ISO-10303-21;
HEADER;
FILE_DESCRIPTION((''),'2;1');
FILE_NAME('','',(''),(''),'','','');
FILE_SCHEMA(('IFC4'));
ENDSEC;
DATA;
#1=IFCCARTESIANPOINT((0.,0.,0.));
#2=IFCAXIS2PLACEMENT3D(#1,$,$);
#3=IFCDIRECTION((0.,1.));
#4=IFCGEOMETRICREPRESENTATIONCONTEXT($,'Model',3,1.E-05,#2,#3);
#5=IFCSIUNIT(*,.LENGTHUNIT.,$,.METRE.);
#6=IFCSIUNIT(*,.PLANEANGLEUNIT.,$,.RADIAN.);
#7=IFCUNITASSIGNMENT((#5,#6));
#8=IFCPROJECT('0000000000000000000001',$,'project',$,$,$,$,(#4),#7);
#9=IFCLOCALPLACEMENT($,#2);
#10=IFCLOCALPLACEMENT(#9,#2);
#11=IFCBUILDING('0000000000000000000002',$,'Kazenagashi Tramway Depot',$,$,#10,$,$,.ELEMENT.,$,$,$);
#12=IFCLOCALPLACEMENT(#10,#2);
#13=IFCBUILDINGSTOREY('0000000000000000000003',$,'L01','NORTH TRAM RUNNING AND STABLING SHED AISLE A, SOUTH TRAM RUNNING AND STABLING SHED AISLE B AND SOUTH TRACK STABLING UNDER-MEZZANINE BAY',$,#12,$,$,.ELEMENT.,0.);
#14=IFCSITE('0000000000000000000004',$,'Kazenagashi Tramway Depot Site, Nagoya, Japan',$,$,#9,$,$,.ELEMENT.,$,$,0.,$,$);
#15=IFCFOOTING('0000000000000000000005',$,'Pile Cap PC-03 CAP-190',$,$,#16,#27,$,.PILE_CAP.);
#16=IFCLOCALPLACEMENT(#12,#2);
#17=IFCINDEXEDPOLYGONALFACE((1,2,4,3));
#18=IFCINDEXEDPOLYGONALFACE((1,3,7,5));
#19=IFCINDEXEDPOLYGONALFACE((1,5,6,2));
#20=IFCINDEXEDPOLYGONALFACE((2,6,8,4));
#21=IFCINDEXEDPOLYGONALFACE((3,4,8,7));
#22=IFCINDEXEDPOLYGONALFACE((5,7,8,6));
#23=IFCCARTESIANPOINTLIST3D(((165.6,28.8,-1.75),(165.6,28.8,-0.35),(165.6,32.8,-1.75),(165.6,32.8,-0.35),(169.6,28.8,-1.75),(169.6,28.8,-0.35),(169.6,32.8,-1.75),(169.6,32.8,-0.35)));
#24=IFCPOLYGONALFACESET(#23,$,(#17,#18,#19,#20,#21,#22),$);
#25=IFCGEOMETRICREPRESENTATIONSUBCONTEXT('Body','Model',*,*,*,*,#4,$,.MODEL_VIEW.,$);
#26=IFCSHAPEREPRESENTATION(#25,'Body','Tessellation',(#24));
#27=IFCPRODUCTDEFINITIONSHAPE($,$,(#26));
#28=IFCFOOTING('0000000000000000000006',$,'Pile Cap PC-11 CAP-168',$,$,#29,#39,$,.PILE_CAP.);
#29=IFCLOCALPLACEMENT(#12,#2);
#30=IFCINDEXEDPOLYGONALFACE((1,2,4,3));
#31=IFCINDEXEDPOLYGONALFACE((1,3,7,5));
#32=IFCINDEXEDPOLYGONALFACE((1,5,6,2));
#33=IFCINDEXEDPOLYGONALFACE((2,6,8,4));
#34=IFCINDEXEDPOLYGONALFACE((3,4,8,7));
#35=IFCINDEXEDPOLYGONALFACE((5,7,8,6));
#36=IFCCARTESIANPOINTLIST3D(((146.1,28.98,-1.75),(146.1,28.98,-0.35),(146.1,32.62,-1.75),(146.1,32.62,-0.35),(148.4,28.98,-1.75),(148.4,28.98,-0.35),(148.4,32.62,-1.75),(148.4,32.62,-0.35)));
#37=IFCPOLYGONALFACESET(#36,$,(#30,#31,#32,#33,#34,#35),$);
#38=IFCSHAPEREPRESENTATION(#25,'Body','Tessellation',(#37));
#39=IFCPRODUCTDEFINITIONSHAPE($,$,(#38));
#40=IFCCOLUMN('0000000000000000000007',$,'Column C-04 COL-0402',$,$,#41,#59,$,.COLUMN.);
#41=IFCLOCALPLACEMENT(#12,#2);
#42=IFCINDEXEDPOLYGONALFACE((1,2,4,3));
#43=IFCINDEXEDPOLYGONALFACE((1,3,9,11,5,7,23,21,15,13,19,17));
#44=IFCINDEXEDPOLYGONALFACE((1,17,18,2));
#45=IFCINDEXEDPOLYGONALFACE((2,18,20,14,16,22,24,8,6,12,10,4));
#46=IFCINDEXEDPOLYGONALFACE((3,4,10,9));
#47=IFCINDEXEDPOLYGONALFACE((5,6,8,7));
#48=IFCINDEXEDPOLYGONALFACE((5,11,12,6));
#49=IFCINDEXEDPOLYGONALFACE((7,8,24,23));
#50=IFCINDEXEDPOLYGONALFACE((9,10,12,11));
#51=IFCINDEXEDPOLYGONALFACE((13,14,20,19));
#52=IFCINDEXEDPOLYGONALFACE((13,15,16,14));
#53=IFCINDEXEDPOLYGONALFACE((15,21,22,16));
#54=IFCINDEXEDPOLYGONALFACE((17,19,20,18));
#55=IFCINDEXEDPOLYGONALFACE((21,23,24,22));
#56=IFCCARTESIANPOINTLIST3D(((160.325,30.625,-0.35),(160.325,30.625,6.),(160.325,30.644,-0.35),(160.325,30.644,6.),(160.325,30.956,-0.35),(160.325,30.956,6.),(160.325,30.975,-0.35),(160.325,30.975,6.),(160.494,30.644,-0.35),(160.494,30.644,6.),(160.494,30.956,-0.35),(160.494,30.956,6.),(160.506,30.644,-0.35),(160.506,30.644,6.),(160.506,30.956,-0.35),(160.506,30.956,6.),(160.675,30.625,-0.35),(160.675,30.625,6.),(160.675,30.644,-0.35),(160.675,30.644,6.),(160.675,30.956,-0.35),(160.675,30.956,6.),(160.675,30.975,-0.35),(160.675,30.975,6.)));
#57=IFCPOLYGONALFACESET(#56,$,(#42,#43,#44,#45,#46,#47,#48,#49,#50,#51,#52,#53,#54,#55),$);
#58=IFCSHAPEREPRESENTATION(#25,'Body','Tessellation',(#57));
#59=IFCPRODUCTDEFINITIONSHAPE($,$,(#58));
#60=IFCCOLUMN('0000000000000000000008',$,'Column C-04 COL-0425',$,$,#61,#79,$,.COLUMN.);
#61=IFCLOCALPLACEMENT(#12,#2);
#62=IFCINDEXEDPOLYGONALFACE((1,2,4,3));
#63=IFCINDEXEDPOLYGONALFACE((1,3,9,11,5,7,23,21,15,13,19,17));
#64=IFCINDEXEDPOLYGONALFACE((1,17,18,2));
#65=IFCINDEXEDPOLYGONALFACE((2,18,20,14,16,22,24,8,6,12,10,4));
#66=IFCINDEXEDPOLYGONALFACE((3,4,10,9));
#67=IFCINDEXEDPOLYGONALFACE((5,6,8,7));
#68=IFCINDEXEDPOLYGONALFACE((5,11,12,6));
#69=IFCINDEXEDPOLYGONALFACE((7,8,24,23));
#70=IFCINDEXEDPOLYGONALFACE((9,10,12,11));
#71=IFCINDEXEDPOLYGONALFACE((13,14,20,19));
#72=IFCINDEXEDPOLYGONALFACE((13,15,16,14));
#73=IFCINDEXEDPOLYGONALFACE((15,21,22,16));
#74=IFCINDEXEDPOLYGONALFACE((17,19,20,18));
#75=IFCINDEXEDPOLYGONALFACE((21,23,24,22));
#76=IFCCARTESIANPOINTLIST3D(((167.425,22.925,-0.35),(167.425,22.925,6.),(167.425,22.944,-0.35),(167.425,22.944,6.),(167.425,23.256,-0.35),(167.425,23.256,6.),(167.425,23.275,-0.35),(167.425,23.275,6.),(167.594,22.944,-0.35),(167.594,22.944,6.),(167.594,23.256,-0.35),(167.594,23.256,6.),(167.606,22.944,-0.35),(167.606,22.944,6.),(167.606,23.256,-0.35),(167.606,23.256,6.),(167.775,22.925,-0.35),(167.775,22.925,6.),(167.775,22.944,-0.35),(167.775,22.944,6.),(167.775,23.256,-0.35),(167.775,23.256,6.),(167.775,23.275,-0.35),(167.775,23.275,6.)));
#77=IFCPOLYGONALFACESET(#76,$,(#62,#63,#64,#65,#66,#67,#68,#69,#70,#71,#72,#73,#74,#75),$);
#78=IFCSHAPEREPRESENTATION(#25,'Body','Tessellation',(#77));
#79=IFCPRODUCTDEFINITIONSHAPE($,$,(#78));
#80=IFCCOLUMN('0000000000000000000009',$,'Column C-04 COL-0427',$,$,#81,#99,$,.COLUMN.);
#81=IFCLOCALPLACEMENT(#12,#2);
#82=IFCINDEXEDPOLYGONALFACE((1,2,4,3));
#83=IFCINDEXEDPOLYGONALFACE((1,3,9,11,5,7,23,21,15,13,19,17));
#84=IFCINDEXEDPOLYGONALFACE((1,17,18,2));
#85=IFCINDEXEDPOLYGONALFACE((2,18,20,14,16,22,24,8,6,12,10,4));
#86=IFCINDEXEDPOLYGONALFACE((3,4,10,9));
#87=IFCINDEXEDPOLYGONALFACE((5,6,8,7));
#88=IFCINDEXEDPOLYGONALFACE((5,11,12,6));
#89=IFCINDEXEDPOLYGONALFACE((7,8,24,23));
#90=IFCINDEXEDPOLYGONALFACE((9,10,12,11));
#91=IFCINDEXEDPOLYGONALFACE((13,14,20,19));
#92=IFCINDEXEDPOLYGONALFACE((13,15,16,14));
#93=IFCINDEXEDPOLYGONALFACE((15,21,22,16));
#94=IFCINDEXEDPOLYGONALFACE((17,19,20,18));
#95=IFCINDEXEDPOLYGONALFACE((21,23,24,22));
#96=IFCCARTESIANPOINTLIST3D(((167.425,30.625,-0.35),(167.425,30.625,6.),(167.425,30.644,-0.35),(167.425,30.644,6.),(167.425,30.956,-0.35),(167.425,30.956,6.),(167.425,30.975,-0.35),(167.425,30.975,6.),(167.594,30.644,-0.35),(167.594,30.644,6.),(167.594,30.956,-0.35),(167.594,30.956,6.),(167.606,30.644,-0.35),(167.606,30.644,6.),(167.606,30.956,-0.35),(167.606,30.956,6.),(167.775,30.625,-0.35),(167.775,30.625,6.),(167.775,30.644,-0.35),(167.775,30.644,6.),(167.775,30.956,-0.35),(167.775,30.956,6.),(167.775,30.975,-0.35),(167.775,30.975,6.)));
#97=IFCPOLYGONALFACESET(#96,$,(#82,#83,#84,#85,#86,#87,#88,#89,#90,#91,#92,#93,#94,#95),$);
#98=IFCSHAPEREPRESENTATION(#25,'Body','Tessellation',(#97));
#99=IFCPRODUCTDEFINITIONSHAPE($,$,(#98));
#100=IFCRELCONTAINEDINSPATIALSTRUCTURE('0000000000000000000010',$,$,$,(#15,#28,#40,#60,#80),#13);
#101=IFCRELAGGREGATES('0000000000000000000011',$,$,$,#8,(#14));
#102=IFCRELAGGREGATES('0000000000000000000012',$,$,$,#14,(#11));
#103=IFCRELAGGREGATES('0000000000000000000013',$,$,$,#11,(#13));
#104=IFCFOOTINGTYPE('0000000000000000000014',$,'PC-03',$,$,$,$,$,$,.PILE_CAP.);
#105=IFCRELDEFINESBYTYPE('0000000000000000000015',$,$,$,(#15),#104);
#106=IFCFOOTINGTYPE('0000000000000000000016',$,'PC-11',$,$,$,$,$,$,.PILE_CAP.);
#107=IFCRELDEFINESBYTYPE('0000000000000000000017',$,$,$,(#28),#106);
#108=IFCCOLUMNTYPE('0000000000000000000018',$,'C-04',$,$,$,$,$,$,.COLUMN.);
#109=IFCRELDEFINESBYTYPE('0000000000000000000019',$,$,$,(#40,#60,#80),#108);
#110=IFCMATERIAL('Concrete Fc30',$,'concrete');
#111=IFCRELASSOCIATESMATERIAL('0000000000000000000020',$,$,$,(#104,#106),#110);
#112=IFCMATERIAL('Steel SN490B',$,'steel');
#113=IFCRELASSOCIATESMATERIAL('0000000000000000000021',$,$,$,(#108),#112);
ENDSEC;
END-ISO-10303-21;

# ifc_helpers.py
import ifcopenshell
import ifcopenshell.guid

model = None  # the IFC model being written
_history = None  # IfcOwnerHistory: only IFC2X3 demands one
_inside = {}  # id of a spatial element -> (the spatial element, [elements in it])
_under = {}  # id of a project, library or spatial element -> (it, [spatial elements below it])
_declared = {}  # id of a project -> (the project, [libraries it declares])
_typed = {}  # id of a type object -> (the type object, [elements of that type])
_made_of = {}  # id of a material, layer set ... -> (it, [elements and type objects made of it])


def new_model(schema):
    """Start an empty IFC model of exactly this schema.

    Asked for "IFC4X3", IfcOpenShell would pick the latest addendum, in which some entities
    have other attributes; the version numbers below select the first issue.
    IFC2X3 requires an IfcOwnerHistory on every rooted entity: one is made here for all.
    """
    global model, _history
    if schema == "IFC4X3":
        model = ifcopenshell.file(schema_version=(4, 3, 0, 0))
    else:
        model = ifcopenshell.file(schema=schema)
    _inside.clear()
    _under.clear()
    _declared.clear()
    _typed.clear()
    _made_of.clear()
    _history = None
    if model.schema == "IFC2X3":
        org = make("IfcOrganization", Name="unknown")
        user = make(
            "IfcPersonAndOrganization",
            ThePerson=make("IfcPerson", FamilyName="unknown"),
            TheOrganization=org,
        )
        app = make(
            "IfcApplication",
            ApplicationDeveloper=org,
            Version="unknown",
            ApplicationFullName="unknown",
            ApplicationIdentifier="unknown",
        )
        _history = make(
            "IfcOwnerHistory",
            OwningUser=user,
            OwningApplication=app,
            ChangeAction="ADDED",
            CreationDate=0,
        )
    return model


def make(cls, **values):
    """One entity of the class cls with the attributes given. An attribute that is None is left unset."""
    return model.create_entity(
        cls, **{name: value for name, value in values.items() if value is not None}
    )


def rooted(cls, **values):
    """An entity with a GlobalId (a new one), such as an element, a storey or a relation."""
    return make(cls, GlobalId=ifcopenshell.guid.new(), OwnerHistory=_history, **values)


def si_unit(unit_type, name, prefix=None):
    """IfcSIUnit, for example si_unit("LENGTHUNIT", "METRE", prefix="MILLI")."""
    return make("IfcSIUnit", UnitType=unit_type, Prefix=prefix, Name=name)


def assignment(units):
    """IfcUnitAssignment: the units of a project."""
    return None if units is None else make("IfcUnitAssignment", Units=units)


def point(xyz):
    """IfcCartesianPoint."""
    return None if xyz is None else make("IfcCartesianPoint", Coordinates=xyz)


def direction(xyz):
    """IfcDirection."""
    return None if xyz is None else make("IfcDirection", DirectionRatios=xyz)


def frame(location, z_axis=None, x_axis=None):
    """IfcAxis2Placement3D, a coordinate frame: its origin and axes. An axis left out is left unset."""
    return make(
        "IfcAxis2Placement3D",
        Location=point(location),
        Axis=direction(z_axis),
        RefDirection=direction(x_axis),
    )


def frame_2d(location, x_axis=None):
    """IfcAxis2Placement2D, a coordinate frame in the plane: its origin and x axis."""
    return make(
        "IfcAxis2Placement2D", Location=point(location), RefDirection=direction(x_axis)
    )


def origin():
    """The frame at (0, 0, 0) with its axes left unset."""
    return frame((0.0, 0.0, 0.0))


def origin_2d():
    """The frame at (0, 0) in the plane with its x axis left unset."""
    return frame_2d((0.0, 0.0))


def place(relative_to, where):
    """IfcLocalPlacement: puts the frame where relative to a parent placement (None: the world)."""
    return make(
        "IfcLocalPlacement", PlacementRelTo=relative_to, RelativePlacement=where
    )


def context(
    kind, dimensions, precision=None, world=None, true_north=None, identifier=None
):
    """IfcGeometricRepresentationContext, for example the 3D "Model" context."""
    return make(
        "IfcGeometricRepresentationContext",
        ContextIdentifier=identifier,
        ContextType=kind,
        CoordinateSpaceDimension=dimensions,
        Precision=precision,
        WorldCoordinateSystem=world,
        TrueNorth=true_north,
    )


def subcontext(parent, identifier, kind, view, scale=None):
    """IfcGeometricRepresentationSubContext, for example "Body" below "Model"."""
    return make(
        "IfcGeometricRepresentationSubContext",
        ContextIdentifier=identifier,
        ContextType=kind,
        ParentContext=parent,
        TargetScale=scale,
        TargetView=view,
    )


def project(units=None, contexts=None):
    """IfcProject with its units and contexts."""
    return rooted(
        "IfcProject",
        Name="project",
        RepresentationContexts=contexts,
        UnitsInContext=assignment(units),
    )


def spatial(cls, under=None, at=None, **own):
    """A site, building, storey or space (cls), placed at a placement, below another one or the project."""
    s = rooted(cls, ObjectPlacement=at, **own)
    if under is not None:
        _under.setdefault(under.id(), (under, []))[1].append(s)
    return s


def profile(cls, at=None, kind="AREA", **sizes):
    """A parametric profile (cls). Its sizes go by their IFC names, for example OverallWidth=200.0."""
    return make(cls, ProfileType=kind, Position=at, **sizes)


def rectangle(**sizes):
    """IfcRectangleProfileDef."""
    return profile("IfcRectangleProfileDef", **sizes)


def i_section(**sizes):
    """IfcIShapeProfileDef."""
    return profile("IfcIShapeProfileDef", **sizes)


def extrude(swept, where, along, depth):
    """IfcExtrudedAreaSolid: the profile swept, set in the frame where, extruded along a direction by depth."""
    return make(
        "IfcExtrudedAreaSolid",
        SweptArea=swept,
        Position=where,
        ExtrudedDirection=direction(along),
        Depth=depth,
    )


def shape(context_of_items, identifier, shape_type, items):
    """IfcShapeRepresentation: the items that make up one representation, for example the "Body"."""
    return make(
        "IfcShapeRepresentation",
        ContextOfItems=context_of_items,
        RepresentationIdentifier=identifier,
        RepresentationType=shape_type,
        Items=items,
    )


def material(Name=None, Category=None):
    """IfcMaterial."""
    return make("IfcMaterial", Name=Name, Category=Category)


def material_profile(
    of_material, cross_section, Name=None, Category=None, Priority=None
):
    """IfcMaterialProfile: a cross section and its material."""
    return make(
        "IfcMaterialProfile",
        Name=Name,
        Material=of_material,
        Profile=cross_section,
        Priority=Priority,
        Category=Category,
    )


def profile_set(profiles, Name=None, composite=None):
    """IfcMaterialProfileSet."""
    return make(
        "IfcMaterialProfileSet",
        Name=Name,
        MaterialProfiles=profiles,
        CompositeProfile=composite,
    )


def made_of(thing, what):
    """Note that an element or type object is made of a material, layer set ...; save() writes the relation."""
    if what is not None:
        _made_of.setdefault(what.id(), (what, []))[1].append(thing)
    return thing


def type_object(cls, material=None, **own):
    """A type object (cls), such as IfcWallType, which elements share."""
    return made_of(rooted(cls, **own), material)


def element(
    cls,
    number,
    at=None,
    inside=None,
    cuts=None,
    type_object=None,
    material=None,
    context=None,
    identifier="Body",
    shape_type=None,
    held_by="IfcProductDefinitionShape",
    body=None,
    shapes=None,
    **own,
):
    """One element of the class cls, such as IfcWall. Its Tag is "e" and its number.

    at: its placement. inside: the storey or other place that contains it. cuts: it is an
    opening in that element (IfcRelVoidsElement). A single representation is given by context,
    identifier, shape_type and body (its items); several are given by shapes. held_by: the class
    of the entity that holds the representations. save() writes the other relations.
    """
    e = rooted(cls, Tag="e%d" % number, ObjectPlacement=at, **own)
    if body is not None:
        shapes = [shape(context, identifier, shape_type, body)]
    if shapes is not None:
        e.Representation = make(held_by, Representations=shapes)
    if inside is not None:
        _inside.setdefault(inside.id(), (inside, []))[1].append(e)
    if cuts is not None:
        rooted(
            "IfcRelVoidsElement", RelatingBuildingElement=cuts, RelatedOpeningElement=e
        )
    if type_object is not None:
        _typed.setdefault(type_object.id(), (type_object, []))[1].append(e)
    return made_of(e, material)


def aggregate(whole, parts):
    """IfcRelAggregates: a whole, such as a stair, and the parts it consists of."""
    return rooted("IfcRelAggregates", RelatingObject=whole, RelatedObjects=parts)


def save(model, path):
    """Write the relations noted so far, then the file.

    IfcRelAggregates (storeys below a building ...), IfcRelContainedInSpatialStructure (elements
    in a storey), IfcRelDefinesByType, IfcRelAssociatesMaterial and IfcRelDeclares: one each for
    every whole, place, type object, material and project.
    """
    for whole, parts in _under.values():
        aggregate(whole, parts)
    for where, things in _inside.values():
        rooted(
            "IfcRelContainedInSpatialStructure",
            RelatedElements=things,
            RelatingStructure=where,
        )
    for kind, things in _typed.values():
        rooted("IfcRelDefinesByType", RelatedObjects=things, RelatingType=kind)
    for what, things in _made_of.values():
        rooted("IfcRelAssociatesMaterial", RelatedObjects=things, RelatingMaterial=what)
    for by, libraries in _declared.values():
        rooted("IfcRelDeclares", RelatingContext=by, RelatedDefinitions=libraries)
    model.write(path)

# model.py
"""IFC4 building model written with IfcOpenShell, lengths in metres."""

from ifc_helpers import new_model, si_unit, direction, frame, origin, origin_2d, place, context, subcontext, project, spatial, rectangle, i_section, extrude, material, material_profile, profile_set, type_object, element, save


model = new_model("IFC4")

# Units and contexts
model_context = context("Model", 3, precision=1e-05, world=origin(), true_north=direction((0.0, 1.0)))
body_context = subcontext(model_context, "Body", "Model", "MODEL_VIEW")
ifc_project = project(units=[si_unit("LENGTHUNIT", "METRE"), si_unit("PLANEANGLEUNIT", "RADIAN")], contexts=[model_context])

# Site, building, storey
site_placement = place(None, origin())
site = spatial("IfcSite", under=ifc_project, at=site_placement, Name="Kazenagashi Tramway Depot Site, Nagoya, Japan", CompositionType="ELEMENT", RefElevation=0.0)
building_placement = place(site_placement, origin())
building = spatial("IfcBuilding", under=site, at=building_placement, Name="Kazenagashi Tramway Depot", CompositionType="ELEMENT")
storey_placement = place(building_placement, origin())
storey = spatial("IfcBuildingStorey", under=building, at=storey_placement, Name="L01", Description="NORTH TRAM RUNNING AND STABLING SHED AISLE A, SOUTH TRAM RUNNING AND STABLING SHED AISLE B AND SOUTH TRACK STABLING UNDER-MEZZANINE BAY", CompositionType="ELEMENT", Elevation=0.0)

# Shared definitions
ifc_material_1 = material(Name="Concrete Fc30", Category="concrete")

# Footings
footing_type_1 = type_object("IfcFootingType", Name="PC-03", PredefinedType="PILE_CAP", material=ifc_material_1)
for number, where, z_axis, x_axis, name in (
    (1, (167.6, 30.8, -1.75), (0.0, 0.0, 1.0), (1.0, 0.0, 0.0), "Pile Cap PC-03 CAP-190"),
):
    element("IfcFooting", number, at=place(storey_placement, frame(where, z_axis=z_axis, x_axis=x_axis)), inside=storey, type_object=footing_type_1, Name=name, PredefinedType="PILE_CAP", context=body_context, shape_type="SweptSolid", body=[
        extrude(rectangle(XDim=4.0, YDim=4.0, at=origin_2d()), origin(), (0.0, 0.0, 1.0), 1.4),
    ])
footing_type_2 = type_object("IfcFootingType", Name="PC-11", PredefinedType="PILE_CAP", material=ifc_material_1)
footing_placement = place(storey_placement, frame((147.25, 30.8, -1.75), z_axis=(0.0, 0.0, 1.0), x_axis=(1.0, 0.0, 0.0)))
element("IfcFooting", 2, at=footing_placement, inside=storey, type_object=footing_type_2, Name="Pile Cap PC-11 CAP-168", PredefinedType="PILE_CAP", context=body_context, shape_type="SweptSolid", body=[
    extrude(rectangle(XDim=2.3, YDim=3.64, at=origin_2d()), origin(), (0.0, 0.0, 1.0), 1.4),
])

# Columns
ifc_material_2 = material(Name="Steel SN490B", Category="steel")
ifc_material_profile_1 = material_profile(ifc_material_2, i_section(OverallWidth=0.35, OverallDepth=0.35, WebThickness=0.012, FlangeThickness=0.019, at=origin_2d()), Name="H-350x350x12x19")
ifc_profile_set_1 = profile_set([ifc_material_profile_1], Name="Steel SN490B")
column_type = type_object("IfcColumnType", Name="C-04", PredefinedType="COLUMN", material=ifc_profile_set_1)
for number, where, z_axis, x_axis, name in (
    (3, (160.5, 30.8, -0.35), (0.0, 0.0, 1.0), (1.0, 0.0, 0.0), "Column C-04 COL-0402"),
    (4, (167.6, 23.1, -0.35), (0.0, 0.0, 1.0), (1.0, 0.0, 0.0), "Column C-04 COL-0425"),
    (5, (167.6, 30.8, -0.35), (0.0, 0.0, 1.0), (1.0, 0.0, 0.0), "Column C-04 COL-0427"),
):
    element("IfcColumn", number, at=place(storey_placement, frame(where, z_axis=z_axis, x_axis=x_axis)), inside=storey, type_object=column_type, Name=name, PredefinedType="COLUMN", context=body_context, shape_type="SweptSolid", body=[
        extrude(i_section(OverallWidth=0.35, OverallDepth=0.35, WebThickness=0.012, FlangeThickness=0.019, at=origin_2d()), origin(), (0.0, 0.0, 1.0), 6.35),
    ])

save(model, "model.ifc")
